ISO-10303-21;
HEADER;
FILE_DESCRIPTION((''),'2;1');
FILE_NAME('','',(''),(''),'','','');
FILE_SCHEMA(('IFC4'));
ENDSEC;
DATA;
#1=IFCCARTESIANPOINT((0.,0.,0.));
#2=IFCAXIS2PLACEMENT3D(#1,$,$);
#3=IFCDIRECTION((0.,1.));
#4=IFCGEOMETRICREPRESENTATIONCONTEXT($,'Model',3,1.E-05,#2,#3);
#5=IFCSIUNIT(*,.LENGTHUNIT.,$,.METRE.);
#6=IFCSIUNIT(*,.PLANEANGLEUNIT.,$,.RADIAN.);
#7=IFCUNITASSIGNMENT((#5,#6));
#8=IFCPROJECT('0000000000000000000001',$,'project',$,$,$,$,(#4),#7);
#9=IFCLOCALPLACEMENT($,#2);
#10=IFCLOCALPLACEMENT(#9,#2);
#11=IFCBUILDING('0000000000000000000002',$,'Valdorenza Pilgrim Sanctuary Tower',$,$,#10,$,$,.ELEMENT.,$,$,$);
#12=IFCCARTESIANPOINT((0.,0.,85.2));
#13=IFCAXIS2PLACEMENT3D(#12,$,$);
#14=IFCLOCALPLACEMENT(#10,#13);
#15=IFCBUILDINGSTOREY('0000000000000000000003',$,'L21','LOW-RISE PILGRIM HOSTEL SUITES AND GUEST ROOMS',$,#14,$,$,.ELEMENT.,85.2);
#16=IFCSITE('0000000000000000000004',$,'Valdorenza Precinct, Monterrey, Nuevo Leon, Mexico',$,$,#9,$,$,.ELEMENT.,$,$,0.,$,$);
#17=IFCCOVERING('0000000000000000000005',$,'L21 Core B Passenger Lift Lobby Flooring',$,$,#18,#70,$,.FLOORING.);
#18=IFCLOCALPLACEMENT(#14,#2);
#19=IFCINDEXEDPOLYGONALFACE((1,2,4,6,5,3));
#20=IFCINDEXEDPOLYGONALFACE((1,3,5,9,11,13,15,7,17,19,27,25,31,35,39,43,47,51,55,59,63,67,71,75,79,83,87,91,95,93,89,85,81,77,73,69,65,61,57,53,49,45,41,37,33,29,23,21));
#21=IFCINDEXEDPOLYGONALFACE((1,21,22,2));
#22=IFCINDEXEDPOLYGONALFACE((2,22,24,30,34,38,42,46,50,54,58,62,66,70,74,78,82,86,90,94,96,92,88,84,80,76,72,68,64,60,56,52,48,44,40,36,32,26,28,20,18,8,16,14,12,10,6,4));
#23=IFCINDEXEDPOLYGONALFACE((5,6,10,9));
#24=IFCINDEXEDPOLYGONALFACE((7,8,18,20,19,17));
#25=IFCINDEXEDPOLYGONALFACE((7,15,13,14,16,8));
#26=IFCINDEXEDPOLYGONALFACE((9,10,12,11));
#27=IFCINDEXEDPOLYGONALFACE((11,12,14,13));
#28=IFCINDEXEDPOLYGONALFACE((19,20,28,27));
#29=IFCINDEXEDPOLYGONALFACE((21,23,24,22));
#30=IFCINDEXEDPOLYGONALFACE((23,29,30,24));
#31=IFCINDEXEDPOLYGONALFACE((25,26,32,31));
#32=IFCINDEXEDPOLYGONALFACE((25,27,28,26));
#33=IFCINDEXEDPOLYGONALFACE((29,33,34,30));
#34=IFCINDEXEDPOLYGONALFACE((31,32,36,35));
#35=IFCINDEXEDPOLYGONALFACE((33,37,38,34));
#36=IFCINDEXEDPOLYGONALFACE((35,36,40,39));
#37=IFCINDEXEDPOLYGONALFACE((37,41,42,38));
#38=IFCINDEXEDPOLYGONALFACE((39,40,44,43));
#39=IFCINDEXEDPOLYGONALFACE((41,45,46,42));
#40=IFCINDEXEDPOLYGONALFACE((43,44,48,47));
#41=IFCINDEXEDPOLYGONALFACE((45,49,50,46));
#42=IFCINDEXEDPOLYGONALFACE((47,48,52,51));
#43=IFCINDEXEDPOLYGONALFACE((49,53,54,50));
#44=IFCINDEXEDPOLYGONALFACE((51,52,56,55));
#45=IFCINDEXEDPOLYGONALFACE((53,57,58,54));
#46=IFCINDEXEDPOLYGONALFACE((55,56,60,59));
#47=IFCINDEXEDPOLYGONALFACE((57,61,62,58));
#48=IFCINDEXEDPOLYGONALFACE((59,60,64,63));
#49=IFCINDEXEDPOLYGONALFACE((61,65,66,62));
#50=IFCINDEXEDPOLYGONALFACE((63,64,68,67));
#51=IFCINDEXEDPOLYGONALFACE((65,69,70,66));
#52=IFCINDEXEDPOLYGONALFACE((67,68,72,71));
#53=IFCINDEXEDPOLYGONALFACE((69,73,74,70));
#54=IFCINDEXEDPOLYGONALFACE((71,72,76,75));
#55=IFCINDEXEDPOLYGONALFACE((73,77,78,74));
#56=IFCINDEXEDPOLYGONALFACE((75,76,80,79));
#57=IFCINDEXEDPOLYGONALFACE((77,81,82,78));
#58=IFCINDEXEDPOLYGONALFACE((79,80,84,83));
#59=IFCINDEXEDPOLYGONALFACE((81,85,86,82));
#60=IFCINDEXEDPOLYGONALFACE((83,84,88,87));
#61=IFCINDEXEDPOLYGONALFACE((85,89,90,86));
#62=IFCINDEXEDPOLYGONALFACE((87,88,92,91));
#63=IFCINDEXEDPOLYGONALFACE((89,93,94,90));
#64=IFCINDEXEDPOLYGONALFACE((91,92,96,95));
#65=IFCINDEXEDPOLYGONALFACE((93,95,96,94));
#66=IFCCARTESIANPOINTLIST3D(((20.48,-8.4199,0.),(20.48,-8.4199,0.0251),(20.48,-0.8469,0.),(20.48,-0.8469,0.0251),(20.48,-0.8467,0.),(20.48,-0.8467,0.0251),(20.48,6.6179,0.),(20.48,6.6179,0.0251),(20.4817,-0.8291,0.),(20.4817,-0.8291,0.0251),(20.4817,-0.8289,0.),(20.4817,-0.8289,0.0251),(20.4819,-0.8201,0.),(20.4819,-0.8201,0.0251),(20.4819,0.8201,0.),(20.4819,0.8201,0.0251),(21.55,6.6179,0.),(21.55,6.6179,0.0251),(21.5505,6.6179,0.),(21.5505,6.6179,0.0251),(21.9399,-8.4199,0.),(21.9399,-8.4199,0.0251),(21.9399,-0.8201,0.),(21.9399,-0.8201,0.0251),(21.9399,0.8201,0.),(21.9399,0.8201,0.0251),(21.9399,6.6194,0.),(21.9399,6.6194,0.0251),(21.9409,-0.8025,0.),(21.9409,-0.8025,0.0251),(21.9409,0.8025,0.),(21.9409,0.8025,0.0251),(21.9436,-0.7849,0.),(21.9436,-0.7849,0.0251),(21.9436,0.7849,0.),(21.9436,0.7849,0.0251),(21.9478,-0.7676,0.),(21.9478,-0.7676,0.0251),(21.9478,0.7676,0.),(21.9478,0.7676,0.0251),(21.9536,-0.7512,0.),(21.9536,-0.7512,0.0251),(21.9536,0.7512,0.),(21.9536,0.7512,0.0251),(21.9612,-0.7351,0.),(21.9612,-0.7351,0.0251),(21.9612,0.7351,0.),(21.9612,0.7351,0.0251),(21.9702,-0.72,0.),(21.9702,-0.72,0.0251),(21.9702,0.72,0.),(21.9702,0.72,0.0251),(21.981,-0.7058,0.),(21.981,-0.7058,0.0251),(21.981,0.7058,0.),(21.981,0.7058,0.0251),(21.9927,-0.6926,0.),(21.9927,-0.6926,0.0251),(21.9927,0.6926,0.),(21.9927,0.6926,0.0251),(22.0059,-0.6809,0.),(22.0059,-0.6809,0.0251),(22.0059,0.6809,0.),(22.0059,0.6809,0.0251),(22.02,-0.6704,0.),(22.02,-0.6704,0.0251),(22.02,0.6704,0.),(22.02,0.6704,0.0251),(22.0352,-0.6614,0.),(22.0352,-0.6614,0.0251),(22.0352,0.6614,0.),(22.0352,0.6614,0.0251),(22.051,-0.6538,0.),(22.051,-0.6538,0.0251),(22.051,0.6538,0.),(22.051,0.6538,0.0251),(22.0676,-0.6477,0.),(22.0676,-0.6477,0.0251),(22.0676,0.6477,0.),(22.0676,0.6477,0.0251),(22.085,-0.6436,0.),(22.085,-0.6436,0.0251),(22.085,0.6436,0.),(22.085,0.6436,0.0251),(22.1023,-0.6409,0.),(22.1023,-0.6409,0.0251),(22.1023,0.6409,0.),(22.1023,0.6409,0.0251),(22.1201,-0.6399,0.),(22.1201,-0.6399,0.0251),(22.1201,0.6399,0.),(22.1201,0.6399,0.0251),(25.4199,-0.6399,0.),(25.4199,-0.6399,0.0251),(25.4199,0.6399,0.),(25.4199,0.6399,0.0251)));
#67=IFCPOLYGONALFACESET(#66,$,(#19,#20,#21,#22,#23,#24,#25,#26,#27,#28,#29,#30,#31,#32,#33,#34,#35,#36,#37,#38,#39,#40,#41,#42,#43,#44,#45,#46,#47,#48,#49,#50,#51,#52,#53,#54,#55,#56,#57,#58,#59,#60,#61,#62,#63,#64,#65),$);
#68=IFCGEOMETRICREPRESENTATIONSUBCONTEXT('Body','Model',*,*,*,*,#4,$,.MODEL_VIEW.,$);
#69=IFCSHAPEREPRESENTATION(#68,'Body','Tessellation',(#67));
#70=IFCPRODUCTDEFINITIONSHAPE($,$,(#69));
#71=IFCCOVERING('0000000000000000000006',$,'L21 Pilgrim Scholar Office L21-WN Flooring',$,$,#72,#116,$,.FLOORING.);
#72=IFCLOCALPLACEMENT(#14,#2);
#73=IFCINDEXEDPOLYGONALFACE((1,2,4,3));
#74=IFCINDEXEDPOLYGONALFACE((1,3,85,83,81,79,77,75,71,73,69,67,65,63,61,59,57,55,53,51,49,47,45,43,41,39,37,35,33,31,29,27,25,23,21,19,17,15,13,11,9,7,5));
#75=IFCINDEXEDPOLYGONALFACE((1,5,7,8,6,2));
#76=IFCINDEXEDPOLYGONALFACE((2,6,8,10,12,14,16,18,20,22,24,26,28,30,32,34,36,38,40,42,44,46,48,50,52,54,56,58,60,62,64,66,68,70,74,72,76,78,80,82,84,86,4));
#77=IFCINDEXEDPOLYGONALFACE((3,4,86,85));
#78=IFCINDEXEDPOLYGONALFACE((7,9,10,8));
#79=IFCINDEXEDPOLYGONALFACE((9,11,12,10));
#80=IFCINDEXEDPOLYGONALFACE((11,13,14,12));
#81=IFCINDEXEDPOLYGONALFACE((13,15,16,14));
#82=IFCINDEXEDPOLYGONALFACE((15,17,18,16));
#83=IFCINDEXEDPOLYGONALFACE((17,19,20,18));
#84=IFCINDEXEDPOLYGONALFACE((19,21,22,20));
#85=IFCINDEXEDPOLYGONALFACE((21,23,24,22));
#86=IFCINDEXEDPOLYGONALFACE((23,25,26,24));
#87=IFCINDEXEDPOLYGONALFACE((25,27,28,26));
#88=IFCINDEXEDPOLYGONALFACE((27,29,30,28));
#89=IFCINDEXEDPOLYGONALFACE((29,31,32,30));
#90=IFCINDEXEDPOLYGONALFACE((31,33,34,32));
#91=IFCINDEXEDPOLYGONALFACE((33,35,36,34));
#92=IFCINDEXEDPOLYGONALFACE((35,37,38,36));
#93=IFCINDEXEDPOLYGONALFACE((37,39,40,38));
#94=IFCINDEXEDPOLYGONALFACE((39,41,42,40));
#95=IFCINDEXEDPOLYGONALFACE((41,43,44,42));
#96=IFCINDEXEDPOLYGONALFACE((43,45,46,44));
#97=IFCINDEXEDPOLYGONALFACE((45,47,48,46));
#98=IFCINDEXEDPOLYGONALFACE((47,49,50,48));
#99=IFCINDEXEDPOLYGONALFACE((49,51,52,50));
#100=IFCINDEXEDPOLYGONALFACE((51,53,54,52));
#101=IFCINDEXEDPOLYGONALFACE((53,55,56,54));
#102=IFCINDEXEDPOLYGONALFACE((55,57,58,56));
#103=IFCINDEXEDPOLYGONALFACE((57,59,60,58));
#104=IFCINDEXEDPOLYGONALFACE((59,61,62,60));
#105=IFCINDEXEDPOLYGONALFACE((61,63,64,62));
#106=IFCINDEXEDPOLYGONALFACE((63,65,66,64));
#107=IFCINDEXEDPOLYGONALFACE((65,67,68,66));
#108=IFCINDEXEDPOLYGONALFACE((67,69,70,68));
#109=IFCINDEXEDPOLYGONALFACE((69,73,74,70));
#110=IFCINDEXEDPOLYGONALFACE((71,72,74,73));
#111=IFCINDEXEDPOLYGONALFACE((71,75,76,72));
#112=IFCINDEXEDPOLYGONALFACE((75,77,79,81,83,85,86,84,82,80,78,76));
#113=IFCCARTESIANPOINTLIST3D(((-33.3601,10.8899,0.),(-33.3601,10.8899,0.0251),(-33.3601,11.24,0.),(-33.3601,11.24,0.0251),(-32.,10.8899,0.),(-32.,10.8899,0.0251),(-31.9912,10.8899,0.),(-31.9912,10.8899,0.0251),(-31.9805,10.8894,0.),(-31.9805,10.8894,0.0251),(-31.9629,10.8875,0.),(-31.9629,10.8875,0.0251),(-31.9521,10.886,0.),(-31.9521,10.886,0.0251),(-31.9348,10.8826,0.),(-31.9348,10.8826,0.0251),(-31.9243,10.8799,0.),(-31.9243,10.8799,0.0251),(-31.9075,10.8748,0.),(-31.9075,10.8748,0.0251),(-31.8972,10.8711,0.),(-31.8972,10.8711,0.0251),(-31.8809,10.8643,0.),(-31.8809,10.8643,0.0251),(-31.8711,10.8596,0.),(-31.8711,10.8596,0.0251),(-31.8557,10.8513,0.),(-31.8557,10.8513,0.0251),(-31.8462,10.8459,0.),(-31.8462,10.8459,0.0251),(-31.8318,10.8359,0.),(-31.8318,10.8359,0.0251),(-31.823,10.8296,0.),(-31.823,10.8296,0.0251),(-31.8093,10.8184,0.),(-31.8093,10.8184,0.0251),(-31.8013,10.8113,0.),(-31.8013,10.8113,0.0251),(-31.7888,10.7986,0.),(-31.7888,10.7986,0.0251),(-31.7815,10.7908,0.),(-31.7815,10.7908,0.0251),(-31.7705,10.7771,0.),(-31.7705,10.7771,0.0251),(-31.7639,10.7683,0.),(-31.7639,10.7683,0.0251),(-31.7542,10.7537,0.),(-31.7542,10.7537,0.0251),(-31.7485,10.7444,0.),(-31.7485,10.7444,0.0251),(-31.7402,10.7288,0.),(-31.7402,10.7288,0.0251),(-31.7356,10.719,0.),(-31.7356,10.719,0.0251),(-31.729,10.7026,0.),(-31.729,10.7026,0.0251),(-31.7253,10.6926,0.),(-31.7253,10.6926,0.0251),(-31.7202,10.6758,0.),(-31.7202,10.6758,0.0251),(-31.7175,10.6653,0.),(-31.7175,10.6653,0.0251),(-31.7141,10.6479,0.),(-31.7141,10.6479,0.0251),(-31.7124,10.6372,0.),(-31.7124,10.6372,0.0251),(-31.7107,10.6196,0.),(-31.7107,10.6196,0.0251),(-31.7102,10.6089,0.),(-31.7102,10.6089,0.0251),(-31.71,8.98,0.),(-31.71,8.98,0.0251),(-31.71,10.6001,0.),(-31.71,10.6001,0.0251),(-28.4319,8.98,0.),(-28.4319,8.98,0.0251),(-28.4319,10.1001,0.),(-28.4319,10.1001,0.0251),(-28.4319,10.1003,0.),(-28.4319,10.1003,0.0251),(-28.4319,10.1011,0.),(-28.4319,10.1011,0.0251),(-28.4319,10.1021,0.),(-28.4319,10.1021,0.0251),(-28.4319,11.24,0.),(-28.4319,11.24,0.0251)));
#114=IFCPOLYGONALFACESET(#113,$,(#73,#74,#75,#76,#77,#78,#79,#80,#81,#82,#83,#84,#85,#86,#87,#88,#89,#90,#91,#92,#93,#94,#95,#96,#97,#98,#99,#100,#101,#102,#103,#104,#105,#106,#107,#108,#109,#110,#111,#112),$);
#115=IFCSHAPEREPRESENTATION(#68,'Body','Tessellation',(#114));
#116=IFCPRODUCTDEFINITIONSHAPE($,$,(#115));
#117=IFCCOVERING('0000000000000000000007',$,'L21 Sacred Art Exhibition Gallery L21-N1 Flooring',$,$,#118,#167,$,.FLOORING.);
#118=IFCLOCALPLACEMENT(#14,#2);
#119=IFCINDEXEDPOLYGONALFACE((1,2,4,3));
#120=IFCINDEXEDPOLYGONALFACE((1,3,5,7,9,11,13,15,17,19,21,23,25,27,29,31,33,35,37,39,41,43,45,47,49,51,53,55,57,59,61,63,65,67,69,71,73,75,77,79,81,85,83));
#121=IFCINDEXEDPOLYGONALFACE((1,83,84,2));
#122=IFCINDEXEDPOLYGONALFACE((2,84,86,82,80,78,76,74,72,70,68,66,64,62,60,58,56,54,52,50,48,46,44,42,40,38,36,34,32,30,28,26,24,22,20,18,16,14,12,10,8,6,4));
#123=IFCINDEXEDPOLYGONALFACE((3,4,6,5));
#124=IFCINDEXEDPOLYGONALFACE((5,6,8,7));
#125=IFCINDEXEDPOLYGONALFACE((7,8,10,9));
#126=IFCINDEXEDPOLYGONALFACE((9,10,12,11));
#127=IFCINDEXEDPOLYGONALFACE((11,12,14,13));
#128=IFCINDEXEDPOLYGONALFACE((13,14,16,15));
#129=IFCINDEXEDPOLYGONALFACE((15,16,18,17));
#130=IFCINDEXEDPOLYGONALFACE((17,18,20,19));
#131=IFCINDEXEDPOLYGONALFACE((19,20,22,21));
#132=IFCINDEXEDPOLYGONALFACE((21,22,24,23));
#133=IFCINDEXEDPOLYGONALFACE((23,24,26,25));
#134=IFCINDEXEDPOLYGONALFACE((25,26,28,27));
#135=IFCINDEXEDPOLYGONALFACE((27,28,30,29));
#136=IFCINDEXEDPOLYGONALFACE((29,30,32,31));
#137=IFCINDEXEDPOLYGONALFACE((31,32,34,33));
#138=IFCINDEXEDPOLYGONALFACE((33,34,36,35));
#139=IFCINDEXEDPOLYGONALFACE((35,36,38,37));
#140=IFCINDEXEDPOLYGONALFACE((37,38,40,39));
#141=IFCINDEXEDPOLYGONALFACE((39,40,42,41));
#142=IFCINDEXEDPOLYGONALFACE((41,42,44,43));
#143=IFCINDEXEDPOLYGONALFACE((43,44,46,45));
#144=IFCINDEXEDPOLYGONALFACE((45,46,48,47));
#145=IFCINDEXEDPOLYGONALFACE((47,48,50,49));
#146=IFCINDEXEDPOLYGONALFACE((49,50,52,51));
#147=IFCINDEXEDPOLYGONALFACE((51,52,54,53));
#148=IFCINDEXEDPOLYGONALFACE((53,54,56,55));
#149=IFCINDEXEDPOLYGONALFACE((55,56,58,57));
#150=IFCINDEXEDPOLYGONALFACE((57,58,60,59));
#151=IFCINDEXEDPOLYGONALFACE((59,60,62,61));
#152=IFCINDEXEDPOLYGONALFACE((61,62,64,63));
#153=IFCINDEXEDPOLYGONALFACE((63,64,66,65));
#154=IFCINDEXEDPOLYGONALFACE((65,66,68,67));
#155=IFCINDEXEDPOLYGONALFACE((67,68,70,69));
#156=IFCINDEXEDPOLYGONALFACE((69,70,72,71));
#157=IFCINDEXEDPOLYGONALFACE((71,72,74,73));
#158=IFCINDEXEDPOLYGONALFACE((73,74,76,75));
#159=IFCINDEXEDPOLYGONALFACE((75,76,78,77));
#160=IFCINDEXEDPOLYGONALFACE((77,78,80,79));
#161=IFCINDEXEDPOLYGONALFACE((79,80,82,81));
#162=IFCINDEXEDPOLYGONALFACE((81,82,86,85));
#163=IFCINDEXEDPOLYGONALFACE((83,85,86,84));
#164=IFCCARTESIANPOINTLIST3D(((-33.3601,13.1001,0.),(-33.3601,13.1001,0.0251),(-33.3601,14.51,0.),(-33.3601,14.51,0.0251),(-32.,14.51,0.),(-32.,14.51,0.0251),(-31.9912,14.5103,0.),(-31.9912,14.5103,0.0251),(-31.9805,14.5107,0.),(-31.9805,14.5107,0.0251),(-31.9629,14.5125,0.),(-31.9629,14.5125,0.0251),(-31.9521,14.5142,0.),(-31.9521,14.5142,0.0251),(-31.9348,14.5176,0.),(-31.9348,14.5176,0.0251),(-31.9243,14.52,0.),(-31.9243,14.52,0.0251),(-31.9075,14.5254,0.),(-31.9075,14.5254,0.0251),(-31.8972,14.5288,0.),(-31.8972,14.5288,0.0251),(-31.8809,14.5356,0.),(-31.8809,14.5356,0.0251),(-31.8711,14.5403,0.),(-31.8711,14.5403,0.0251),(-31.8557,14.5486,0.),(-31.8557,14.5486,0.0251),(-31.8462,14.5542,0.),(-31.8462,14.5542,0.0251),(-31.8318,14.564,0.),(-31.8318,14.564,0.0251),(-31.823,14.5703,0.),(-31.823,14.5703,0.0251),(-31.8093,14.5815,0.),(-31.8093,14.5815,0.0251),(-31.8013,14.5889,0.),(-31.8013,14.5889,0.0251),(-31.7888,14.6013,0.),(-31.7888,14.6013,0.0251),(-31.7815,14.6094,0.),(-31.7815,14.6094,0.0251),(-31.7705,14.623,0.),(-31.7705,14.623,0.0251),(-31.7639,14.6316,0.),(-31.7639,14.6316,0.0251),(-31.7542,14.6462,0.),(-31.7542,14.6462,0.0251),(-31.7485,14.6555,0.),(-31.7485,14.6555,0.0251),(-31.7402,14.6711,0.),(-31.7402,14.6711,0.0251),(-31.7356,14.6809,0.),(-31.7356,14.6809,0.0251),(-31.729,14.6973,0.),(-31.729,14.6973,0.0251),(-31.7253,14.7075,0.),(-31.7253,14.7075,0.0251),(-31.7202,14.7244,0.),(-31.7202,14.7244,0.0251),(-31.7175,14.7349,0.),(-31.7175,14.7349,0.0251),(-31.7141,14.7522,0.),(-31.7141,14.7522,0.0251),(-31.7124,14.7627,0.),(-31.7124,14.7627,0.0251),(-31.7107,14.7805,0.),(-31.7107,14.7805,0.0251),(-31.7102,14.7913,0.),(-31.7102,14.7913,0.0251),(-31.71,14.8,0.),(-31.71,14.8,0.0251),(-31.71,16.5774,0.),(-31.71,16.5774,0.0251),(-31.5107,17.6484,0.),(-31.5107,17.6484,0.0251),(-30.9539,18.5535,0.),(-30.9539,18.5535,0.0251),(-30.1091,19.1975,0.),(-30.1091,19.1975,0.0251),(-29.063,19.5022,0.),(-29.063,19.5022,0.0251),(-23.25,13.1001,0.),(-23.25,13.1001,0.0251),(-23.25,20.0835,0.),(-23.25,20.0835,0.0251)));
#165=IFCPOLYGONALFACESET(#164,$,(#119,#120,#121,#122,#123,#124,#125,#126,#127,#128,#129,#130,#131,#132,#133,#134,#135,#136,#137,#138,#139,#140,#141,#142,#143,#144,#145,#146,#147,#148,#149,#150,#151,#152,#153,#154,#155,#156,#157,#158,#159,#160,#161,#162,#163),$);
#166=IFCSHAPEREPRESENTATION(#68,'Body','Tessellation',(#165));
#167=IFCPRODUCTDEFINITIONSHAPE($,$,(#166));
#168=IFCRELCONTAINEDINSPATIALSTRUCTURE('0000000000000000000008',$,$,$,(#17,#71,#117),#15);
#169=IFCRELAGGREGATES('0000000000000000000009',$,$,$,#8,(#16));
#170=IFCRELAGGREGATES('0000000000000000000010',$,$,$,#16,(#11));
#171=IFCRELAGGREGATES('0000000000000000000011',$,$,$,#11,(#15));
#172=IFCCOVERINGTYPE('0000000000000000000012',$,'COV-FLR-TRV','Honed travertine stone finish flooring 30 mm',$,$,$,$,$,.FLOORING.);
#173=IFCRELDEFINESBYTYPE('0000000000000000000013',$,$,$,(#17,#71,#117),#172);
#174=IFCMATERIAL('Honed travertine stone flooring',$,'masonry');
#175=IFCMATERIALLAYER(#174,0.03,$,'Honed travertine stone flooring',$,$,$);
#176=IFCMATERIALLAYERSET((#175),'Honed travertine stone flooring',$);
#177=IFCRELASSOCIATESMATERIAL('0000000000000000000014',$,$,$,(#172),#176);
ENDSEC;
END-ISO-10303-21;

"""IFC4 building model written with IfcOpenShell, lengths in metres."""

from ifc_helpers import new_model, si_unit, direction, frame, origin, place, context, subcontext, project, spatial, polyline, outline, extrude, material, layer, layer_set, type_object, element, save


model = new_model("IFC4")

# Units and contexts
model_context = context("Model", 3, precision=1e-05, world=origin(), true_north=direction((0.0, 1.0)))
body_context = subcontext(model_context, "Body", "Model", "MODEL_VIEW")
ifc_project = project(units=[si_unit("LENGTHUNIT", "METRE"), si_unit("PLANEANGLEUNIT", "RADIAN")], contexts=[model_context])

# Site, building, storey
site_placement = place(None, origin())
site = spatial("IfcSite", under=ifc_project, at=site_placement, Name="Valdorenza Precinct, Monterrey, Nuevo Leon, Mexico", CompositionType="ELEMENT", RefElevation=0.0)
building_placement = place(site_placement, origin())
building = spatial("IfcBuilding", under=site, at=building_placement, Name="Valdorenza Pilgrim Sanctuary Tower", CompositionType="ELEMENT")
storey_placement = place(building_placement, frame((0.0, 0.0, 85.2)))
storey = spatial("IfcBuildingStorey", under=building, at=storey_placement, Name="L21", Description="LOW-RISE PILGRIM HOSTEL SUITES AND GUEST ROOMS", CompositionType="ELEMENT", Elevation=85.2)

# Coverings
ifc_material_1 = material(Name="Honed travertine stone flooring", Category="masonry")
ifc_layer_1 = layer(ifc_material_1, 0.03, Name="Honed travertine stone flooring")
ifc_layer_set_1 = layer_set([ifc_layer_1], Name="Honed travertine stone flooring")
covering_type_1 = type_object("IfcCoveringType", Name="COV-FLR-TRV", Description="Honed travertine stone finish flooring 30 mm", PredefinedType="FLOORING", material=ifc_layer_set_1)
covering_1_placement = place(storey_placement, origin())
element("IfcCovering", 1, at=covering_1_placement, inside=storey, type_object=covering_type_1, Name="L21 Core B Passenger Lift Lobby Flooring", PredefinedType="FLOORING", context=body_context, shape_type="SweptSolid", body=[
    extrude(outline(polyline([(20.48, 6.6179), (21.55, 6.6179), (21.5505, 6.6179), (21.9399, 6.6194), (21.9399, 0.8201), (21.9409, 0.8025), (21.9436, 0.7849), (21.9478, 0.7676), (21.9536, 0.7512), (21.9612, 0.7351), (21.9702, 0.72), (21.981, 0.7058), (21.9927, 0.6926), (22.0059, 0.6809), (22.02, 0.6704), (22.0352, 0.6614), (22.051, 0.6538), (22.0676, 0.6477), (22.085, 0.6436), (22.1023, 0.6409), (22.1201, 0.6399), (25.4199, 0.6399), (25.4199, -0.6399), (22.1201, -0.6399), (22.1023, -0.6409), (22.085, -0.6436), (22.0676, -0.6477), (22.051, -0.6538), (22.0352, -0.6614), (22.02, -0.6704), (22.0059, -0.6809), (21.9927, -0.6926), (21.981, -0.7058), (21.9702, -0.72), (21.9612, -0.7351), (21.9536, -0.7512), (21.9478, -0.7676), (21.9436, -0.7849), (21.9409, -0.8025), (21.9399, -0.8201), (21.9399, -8.4199), (20.48, -8.4199), (20.48, -0.8469), (20.48, -0.8467), (20.48, -0.8467), (20.4817, -0.8291), (20.4817, -0.8289), (20.4819, -0.8201), (20.4819, 0.8201), (20.48, 6.6179)])), origin(), (0.0, 0.0, 1.0), 0.0251),
])
covering_2_placement = place(storey_placement, origin())
element("IfcCovering", 2, at=covering_2_placement, inside=storey, type_object=covering_type_1, Name="L21 Pilgrim Scholar Office L21-WN Flooring", PredefinedType="FLOORING", context=body_context, shape_type="SweptSolid", body=[
    extrude(outline(polyline([(-28.4319, 11.24), (-28.4319, 10.1021), (-28.4319, 10.1011), (-28.4319, 10.1003), (-28.4319, 10.1001), (-28.4319, 8.98), (-31.71, 8.98), (-31.71, 10.6001), (-31.7102, 10.6089), (-31.7107, 10.6196), (-31.7124, 10.6372), (-31.7141, 10.6479), (-31.7175, 10.6653), (-31.7202, 10.6758), (-31.7253, 10.6926), (-31.729, 10.7026), (-31.7356, 10.719), (-31.7402, 10.7288), (-31.7485, 10.7444), (-31.7542, 10.7537), (-31.7639, 10.7683), (-31.7705, 10.7771), (-31.7815, 10.7908), (-31.7888, 10.7986), (-31.8013, 10.8113), (-31.8093, 10.8184), (-31.823, 10.8296), (-31.8318, 10.8359), (-31.8462, 10.8459), (-31.8557, 10.8513), (-31.8711, 10.8596), (-31.8809, 10.8643), (-31.8972, 10.8711), (-31.9075, 10.8748), (-31.9243, 10.8799), (-31.9348, 10.8826), (-31.9521, 10.886), (-31.9629, 10.8875), (-31.9805, 10.8894), (-31.9912, 10.8899), (-32.0, 10.8899), (-33.3601, 10.8899), (-33.3601, 11.24), (-28.4319, 11.24)])), origin(), (0.0, 0.0, 1.0), 0.0251),
])
covering_3_placement = place(storey_placement, origin())
element("IfcCovering", 3, at=covering_3_placement, inside=storey, type_object=covering_type_1, Name="L21 Sacred Art Exhibition Gallery L21-N1 Flooring", PredefinedType="FLOORING", context=body_context, shape_type="SweptSolid", body=[
    extrude(outline(polyline([(-33.3601, 13.1001), (-33.3601, 14.51), (-32.0, 14.51), (-31.9912, 14.5103), (-31.9805, 14.5107), (-31.9629, 14.5125), (-31.9521, 14.5142), (-31.9348, 14.5176), (-31.9243, 14.52), (-31.9075, 14.5254), (-31.8972, 14.5288), (-31.8809, 14.5356), (-31.8711, 14.5403), (-31.8557, 14.5486), (-31.8462, 14.5542), (-31.8318, 14.564), (-31.823, 14.5703), (-31.8093, 14.5815), (-31.8013, 14.5889), (-31.7888, 14.6013), (-31.7815, 14.6094), (-31.7705, 14.623), (-31.7639, 14.6316), (-31.7542, 14.6462), (-31.7485, 14.6555), (-31.7402, 14.6711), (-31.7356, 14.6809), (-31.729, 14.6973), (-31.7253, 14.7075), (-31.7202, 14.7244), (-31.7175, 14.7349), (-31.7141, 14.7522), (-31.7124, 14.7627), (-31.7107, 14.7805), (-31.7102, 14.7913), (-31.71, 14.8), (-31.71, 16.5774), (-31.5107, 17.6484), (-30.9539, 18.5535), (-30.1091, 19.1975), (-29.063, 19.5022), (-23.25, 20.0835), (-23.25, 13.1001), (-33.3601, 13.1001)])), origin(), (0.0, 0.0, 1.0), 0.0251),
])

save(model, "model.ifc")
